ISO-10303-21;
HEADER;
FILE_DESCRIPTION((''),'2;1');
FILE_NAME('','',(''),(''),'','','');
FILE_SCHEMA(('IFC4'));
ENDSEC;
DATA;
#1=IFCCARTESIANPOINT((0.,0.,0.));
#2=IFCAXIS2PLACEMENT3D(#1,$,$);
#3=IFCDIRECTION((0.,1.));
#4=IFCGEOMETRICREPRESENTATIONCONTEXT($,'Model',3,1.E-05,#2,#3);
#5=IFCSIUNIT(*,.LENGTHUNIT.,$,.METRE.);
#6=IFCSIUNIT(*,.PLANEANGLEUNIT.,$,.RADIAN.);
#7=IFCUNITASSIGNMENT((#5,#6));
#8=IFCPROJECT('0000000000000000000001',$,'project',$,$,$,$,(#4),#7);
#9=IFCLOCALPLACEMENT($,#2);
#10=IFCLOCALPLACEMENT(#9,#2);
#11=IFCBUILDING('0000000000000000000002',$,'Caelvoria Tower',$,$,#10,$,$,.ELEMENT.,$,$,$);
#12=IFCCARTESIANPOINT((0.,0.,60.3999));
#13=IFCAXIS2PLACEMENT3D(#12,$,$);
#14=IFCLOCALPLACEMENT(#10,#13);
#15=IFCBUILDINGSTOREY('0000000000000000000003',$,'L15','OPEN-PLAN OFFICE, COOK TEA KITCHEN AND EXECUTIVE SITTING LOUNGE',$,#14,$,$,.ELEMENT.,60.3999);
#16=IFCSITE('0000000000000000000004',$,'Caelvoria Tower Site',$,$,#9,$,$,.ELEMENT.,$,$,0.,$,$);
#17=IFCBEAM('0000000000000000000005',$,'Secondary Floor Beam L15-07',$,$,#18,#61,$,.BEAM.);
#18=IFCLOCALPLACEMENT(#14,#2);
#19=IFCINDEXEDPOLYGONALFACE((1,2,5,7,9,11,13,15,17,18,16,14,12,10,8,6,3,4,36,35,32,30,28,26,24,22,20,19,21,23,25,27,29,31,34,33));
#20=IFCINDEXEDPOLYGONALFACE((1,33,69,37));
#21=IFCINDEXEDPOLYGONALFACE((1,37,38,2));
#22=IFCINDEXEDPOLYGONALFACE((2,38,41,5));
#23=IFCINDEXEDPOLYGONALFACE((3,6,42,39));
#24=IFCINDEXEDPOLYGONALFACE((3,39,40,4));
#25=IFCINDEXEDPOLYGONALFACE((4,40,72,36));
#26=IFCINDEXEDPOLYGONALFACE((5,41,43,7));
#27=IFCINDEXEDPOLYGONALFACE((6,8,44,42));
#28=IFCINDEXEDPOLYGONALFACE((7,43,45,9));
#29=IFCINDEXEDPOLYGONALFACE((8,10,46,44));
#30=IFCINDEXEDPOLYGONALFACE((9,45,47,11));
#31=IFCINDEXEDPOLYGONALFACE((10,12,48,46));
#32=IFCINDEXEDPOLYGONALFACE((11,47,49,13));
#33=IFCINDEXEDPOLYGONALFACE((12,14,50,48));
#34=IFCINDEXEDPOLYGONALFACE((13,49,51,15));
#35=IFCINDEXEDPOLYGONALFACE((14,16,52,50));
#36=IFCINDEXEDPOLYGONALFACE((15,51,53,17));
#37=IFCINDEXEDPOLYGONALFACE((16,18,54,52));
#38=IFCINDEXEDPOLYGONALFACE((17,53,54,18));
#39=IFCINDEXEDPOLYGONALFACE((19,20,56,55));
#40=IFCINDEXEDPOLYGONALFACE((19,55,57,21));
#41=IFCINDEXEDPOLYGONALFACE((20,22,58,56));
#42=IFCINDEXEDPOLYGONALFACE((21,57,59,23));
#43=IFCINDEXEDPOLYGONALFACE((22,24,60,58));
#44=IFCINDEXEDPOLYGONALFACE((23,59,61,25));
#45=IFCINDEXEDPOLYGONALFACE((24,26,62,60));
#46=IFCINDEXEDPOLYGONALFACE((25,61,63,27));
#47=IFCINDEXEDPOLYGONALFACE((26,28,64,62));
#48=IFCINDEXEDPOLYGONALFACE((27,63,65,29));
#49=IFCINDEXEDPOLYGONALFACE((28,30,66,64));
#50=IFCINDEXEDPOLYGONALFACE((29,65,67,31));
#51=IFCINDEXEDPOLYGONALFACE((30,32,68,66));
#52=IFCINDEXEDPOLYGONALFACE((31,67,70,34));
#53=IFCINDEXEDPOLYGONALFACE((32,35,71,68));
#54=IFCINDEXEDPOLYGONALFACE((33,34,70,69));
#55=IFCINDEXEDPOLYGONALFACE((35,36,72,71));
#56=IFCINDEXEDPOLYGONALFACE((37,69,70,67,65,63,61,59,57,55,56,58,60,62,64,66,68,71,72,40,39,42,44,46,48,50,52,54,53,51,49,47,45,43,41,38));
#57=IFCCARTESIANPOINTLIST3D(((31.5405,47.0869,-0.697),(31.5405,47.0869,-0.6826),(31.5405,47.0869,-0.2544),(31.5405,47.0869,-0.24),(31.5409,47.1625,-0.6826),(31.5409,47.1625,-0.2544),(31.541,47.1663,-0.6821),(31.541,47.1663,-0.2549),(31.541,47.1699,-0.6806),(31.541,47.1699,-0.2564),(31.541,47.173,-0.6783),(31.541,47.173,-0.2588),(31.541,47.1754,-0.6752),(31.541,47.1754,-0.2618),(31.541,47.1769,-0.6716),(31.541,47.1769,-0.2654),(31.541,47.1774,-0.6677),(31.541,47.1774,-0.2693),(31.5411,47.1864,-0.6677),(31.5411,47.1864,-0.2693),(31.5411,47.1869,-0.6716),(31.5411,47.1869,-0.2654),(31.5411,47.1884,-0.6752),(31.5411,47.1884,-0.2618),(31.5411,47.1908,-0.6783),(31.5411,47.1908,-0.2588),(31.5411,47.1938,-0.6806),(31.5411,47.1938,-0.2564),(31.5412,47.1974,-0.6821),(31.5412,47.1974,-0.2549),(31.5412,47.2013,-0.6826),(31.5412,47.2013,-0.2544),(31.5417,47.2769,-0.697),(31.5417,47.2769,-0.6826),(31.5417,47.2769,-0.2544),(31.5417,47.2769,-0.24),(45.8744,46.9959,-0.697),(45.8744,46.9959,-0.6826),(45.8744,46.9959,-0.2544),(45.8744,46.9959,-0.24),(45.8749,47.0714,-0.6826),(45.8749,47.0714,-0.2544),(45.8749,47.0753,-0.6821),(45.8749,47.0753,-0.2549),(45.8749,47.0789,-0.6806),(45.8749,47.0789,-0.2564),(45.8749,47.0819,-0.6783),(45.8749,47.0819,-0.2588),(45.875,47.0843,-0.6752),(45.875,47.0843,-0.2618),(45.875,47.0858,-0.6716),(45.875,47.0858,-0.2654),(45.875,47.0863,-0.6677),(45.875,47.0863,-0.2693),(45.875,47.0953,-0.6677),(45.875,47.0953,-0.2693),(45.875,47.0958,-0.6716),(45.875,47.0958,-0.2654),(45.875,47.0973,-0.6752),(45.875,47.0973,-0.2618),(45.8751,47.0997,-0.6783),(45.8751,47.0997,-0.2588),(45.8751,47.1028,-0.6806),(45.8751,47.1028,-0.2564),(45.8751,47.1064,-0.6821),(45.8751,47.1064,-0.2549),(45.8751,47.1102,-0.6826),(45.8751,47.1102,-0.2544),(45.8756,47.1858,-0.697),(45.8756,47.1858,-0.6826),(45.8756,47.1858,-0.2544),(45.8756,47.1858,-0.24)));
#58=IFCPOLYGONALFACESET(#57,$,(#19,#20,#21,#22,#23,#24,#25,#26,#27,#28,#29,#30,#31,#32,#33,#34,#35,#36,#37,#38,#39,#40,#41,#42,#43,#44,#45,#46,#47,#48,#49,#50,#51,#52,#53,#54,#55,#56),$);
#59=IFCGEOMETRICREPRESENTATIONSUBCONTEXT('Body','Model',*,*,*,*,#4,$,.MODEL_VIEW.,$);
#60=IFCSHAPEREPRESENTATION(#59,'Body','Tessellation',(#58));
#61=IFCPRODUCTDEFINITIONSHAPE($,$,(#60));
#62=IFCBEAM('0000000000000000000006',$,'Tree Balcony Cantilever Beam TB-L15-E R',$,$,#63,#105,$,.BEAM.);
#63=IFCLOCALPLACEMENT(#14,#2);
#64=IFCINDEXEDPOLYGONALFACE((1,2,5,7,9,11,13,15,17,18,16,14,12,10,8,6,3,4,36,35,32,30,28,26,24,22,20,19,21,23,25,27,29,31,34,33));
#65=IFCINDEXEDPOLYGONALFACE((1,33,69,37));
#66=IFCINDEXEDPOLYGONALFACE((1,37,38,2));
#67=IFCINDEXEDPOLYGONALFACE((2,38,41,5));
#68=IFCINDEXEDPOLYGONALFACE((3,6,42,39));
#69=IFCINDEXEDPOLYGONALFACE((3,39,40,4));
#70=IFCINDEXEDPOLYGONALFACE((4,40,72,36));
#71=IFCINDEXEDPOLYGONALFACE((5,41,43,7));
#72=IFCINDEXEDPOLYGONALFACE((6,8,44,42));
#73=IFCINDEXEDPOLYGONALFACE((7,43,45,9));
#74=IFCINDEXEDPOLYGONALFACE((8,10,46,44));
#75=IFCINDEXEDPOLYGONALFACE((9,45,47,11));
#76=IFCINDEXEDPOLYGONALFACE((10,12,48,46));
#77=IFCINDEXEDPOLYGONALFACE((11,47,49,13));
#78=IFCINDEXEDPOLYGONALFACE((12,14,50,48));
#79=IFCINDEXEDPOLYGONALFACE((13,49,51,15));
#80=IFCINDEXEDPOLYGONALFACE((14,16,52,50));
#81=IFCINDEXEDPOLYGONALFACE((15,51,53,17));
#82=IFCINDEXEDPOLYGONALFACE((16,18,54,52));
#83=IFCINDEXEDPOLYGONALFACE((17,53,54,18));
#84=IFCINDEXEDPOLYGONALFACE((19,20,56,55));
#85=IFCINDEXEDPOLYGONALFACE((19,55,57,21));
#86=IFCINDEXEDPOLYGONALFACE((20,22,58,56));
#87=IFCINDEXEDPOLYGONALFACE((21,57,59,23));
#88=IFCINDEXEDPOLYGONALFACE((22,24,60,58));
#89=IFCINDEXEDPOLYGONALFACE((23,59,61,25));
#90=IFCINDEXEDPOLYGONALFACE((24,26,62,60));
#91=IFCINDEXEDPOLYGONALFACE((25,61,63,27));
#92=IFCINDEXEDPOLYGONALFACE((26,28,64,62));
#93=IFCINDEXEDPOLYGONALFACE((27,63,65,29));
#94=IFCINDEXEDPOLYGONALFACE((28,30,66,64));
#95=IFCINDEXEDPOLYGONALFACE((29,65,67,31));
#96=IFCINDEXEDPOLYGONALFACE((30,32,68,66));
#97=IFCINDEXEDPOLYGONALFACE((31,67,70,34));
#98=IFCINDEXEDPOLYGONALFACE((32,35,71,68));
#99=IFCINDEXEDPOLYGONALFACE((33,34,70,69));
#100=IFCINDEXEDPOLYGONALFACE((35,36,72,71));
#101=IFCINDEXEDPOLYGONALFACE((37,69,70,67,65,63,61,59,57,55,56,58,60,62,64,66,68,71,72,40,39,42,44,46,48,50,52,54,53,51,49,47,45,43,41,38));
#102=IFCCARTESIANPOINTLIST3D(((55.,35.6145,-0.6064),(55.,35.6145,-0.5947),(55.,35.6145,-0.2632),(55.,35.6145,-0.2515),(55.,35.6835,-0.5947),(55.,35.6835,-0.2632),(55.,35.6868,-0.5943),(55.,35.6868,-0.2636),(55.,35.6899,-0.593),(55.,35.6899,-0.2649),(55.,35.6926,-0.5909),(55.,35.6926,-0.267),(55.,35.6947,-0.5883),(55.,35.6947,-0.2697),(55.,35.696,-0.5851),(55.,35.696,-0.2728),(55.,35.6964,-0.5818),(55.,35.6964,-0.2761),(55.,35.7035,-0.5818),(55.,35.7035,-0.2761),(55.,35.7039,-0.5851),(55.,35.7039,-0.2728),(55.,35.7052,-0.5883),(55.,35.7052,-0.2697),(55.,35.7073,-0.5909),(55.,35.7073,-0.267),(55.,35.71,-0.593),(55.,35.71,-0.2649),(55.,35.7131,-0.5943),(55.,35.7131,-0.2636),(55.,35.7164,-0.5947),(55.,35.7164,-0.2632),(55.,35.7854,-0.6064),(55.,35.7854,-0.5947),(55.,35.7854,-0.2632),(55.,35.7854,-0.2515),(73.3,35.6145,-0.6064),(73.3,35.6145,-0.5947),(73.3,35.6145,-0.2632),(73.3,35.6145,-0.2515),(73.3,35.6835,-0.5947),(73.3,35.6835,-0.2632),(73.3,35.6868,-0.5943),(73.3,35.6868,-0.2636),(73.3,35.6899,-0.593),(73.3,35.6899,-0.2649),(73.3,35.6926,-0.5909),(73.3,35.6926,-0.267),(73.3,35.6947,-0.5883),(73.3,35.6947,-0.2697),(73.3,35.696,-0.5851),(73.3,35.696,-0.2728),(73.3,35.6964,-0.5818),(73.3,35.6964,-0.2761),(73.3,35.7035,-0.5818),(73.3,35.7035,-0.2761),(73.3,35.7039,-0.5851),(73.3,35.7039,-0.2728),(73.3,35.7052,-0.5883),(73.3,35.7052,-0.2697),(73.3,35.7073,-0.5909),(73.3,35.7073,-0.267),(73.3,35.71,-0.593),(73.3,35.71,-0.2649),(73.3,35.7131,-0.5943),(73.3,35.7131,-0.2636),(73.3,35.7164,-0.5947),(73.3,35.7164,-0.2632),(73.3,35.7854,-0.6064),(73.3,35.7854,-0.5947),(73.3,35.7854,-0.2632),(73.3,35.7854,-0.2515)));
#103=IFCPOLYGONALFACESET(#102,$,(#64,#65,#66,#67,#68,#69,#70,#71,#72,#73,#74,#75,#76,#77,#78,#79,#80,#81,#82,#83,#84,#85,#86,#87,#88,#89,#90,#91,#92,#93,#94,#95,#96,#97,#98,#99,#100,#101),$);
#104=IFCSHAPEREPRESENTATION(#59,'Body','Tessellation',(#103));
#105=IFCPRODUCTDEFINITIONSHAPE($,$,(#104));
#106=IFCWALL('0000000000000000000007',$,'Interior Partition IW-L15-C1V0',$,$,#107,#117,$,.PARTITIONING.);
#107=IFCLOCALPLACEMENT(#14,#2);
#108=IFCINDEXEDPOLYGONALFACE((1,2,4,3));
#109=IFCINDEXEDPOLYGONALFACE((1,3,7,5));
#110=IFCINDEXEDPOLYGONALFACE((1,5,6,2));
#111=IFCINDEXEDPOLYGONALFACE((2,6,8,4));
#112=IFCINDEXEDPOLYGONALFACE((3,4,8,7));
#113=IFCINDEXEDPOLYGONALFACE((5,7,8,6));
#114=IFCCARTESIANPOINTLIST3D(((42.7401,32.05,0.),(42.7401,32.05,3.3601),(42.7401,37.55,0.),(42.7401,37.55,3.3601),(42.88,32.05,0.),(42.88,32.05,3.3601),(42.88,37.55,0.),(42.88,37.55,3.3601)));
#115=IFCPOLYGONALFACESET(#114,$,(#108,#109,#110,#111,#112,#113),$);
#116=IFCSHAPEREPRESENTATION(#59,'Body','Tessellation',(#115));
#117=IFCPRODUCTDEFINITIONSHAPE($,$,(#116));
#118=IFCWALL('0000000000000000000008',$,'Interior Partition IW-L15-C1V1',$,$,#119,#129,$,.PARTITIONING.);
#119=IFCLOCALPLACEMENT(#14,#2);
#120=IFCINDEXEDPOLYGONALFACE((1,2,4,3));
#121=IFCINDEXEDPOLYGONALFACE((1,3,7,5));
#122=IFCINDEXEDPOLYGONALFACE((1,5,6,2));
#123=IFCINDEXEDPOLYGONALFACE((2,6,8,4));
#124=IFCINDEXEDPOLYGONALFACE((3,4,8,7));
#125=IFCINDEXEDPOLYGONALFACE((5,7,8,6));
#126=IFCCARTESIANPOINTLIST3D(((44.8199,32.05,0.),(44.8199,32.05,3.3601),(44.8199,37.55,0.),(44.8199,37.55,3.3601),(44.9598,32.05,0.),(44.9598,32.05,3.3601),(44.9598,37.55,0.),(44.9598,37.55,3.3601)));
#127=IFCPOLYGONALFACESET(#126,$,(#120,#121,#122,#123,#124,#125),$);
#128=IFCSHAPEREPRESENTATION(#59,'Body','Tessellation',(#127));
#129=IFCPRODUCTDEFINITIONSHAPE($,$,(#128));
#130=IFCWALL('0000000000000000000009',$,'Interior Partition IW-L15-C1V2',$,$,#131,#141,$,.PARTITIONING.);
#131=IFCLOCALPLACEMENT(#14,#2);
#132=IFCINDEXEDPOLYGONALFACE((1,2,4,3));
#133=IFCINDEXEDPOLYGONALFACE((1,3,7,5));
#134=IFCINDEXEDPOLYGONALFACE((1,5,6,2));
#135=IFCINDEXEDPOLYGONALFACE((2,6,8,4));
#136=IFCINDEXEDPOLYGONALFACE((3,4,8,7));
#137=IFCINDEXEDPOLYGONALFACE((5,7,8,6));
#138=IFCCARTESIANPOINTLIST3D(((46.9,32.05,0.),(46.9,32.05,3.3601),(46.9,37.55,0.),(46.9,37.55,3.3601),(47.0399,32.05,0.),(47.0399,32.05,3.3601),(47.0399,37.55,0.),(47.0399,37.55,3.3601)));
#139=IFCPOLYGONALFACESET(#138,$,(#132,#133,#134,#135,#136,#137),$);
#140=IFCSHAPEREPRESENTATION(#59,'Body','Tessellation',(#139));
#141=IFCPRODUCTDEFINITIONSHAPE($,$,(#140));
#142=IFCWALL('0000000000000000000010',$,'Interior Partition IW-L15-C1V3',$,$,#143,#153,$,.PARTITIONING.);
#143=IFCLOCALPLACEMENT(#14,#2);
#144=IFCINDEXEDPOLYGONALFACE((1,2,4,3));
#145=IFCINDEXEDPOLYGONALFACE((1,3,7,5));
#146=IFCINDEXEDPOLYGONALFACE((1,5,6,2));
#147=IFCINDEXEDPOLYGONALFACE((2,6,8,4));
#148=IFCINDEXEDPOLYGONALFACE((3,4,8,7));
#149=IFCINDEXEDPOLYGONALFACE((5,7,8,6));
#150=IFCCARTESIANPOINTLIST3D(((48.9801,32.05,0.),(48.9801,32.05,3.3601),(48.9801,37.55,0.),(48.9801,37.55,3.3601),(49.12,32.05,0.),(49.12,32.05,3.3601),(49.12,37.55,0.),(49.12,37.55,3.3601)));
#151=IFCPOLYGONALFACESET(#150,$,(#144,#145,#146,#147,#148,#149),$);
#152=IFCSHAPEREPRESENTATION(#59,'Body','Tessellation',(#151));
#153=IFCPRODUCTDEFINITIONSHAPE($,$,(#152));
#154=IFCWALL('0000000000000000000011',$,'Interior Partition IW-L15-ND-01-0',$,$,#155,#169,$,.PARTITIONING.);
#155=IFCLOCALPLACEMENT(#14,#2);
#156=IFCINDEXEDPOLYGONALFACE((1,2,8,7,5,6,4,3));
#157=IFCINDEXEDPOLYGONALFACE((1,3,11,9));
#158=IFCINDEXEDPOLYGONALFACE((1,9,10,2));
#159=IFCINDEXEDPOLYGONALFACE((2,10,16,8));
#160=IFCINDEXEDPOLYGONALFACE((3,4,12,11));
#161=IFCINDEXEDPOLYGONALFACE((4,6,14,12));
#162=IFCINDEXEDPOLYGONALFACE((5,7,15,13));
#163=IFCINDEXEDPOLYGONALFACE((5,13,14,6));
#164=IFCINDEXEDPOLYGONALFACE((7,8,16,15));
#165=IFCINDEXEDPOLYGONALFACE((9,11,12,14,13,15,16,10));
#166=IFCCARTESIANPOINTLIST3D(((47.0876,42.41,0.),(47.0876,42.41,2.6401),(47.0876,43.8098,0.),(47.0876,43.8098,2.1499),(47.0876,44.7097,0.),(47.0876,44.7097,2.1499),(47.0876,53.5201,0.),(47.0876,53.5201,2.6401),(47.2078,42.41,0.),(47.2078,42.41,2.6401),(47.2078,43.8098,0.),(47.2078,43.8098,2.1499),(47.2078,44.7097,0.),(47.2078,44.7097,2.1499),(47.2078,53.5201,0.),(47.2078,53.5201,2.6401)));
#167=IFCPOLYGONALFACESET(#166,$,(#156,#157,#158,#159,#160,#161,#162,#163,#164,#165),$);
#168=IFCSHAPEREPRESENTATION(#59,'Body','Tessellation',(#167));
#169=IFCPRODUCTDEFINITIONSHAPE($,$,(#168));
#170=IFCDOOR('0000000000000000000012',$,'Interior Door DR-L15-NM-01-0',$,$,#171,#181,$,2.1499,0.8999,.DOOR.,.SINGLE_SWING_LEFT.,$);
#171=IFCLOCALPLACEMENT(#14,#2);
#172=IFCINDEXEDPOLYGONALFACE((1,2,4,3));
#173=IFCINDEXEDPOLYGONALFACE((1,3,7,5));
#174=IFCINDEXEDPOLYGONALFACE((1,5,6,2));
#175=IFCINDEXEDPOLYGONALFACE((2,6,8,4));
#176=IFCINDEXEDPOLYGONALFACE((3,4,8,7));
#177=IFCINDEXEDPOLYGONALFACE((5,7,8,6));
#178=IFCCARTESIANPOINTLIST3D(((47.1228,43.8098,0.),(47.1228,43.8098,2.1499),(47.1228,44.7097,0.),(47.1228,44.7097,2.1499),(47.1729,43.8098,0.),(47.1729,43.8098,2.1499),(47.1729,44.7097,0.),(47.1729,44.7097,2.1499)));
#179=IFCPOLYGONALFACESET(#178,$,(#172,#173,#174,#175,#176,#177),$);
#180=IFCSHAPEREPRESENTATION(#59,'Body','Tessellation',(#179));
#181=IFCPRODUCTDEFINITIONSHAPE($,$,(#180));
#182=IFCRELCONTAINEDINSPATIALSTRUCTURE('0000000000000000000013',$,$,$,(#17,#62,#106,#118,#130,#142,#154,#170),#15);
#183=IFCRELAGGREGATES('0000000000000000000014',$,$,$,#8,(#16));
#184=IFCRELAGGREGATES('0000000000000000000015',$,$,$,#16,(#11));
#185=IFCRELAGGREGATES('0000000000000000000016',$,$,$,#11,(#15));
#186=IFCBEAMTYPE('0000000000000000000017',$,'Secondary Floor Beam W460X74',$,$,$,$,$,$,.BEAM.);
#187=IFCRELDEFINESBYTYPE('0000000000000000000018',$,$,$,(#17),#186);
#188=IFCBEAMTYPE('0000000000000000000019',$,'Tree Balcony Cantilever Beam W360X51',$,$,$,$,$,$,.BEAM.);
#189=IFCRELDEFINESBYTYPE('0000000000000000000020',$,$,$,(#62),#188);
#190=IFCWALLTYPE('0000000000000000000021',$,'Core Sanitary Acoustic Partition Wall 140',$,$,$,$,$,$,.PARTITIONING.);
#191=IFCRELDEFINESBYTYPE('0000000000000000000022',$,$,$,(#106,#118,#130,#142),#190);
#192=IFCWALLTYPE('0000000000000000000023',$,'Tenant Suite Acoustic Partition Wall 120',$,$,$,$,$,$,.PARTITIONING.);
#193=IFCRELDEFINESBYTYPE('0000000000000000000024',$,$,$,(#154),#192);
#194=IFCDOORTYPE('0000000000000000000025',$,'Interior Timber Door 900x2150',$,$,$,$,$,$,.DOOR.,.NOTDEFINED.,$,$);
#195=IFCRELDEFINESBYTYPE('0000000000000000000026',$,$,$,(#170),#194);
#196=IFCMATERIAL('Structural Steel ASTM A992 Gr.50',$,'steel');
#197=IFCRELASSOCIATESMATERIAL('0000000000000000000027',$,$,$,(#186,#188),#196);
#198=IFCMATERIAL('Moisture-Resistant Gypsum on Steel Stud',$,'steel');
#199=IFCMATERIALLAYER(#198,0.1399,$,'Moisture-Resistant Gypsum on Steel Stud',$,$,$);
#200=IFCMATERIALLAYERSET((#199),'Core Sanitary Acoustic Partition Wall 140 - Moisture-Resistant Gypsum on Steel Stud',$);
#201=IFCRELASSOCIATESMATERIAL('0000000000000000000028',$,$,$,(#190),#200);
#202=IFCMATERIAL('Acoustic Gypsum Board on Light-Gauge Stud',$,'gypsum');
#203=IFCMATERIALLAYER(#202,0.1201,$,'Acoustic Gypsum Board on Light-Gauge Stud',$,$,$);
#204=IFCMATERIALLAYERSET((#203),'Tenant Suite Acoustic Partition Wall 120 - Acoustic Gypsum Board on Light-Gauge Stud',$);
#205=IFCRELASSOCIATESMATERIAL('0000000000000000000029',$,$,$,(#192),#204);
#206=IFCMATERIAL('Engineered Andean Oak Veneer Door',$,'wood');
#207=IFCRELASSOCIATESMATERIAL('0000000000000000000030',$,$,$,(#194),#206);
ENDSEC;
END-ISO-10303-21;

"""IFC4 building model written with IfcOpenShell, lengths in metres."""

from ifc_helpers import new_model, si_unit, direction, frame, frame_2d, origin, origin_2d, place, context, subcontext, project, spatial, rectangle, i_section, extrude, material, layer, layer_set, material_profile, profile_set, type_object, element, fill, save


model = new_model("IFC4")

# Units and contexts
model_context = context("Model", 3, precision=1e-05, world=origin(), true_north=direction((0.0, 1.0)))
body_context = subcontext(model_context, "Body", "Model", "MODEL_VIEW")
ifc_project = project(units=[si_unit("LENGTHUNIT", "METRE"), si_unit("PLANEANGLEUNIT", "RADIAN")], contexts=[model_context])

# Site, building, storey
site_placement = place(None, origin())
site = spatial("IfcSite", under=ifc_project, at=site_placement, Name="Caelvoria Tower Site", CompositionType="ELEMENT", RefElevation=0.0)
building_placement = place(site_placement, origin())
building = spatial("IfcBuilding", under=site, at=building_placement, Name="Caelvoria Tower", CompositionType="ELEMENT")
storey_placement = place(building_placement, frame((0.0, 0.0, 60.3999)))
storey = spatial("IfcBuildingStorey", under=building, at=storey_placement, Name="L15", Description="OPEN-PLAN OFFICE, COOK TEA KITCHEN AND EXECUTIVE SITTING LOUNGE", CompositionType="ELEMENT", Elevation=60.3999)

# Beams
ifc_material_1 = material(Name="Structural Steel ASTM A992 Gr.50", Category="steel")
ifc_material_profile_1 = material_profile(ifc_material_1, i_section(OverallWidth=0.1899, OverallDepth=0.457, WebThickness=0.009, FlangeThickness=0.0144, FilletRadius=0.0149, at=origin_2d()), Name="Structural Steel ASTM A992 Gr.50")
ifc_profile_set_1 = profile_set([ifc_material_profile_1], Name="W460X74 - Structural Steel ASTM A992 Gr.50")
beam_type_1 = type_object("IfcBeamType", Name="Secondary Floor Beam W460X74", PredefinedType="BEAM", material=ifc_profile_set_1)
for number, where, z_axis, x_axis, name in (
    (1, (45.875, 47.0908, -0.4685), (-0.99998, 0.006353, 0.0), (-0.006353, -0.99998, 0.0), "Secondary Floor Beam L15-07"),
):
    element("IfcBeam", number, at=place(storey_placement, frame(where, z_axis=z_axis, x_axis=x_axis)), inside=storey, type_object=beam_type_1, Name=name, PredefinedType="BEAM", context=body_context, shape_type="SweptSolid", body=[
        extrude(i_section(OverallWidth=0.1899, OverallDepth=0.457, WebThickness=0.009, FlangeThickness=0.0144, FilletRadius=0.0149, at=origin_2d()), origin(), (0.0, 0.0, 1.0), 14.3342),
    ])
ifc_material_profile_2 = material_profile(ifc_material_1, i_section(OverallWidth=0.1709, OverallDepth=0.355, WebThickness=0.0071, FlangeThickness=0.0117, FilletRadius=0.0129, at=origin_2d()), Name="Structural Steel ASTM A992 Gr.50")
ifc_profile_set_2 = profile_set([ifc_material_profile_2], Name="W360X51 - Structural Steel ASTM A992 Gr.50")
beam_type_2 = type_object("IfcBeamType", Name="Tree Balcony Cantilever Beam W360X51", PredefinedType="BEAM", material=ifc_profile_set_2)
beam_1_placement = place(storey_placement, frame((55.0, 35.7, -0.429), z_axis=(1.0, 0.0, 0.0), x_axis=(0.0, 1.0, 0.0)))
element("IfcBeam", 2, at=beam_1_placement, inside=storey, type_object=beam_type_2, Name="Tree Balcony Cantilever Beam TB-L15-E R", PredefinedType="BEAM", context=body_context, shape_type="SweptSolid", body=[
    extrude(i_section(OverallWidth=0.1709, OverallDepth=0.355, WebThickness=0.0071, FlangeThickness=0.0117, FilletRadius=0.0129, at=origin_2d()), origin(), (0.0, 0.0, 1.0), 18.3),
])

# Walls
ifc_material_2 = material(Name="Moisture-Resistant Gypsum on Steel Stud", Category="steel")
ifc_layer_1 = layer(ifc_material_2, 0.1399, Name="Moisture-Resistant Gypsum on Steel Stud")
ifc_layer_set_1 = layer_set([ifc_layer_1], Name="Core Sanitary Acoustic Partition Wall 140 - Moisture-Resistant Gypsum on Steel Stud")
wall_type_1 = type_object("IfcWallType", Name="Core Sanitary Acoustic Partition Wall 140", PredefinedType="PARTITIONING", material=ifc_layer_set_1)
for number, where, z_axis, x_axis, name in (
    (3, (42.8101, 32.05, 0.0), (0.0, 0.0, 1.0), (0.0, 1.0, 0.0), "Interior Partition IW-L15-C1V0"),
    (4, (44.8899, 32.05, 0.0), (0.0, 0.0, 1.0), (0.0, 1.0, 0.0), "Interior Partition IW-L15-C1V1"),
    (5, (46.97, 32.05, 0.0), (0.0, 0.0, 1.0), (0.0, 1.0, 0.0), "Interior Partition IW-L15-C1V2"),
    (6, (49.05, 32.05, 0.0), (0.0, 0.0, 1.0), (0.0, 1.0, 0.0), "Interior Partition IW-L15-C1V3"),
):
    element("IfcWall", number, at=place(storey_placement, frame(where, z_axis=z_axis, x_axis=x_axis)), inside=storey, type_object=wall_type_1, Name=name, PredefinedType="PARTITIONING", context=body_context, shape_type="SweptSolid", body=[
        extrude(rectangle(XDim=5.5, YDim=0.1399, at=frame_2d((2.75, 0.0))), origin(), (0.0, 0.0, 1.0), 3.3601),
    ])

# Wall, opening, door
ifc_material_3 = material(Name="Acoustic Gypsum Board on Light-Gauge Stud", Category="gypsum")
ifc_layer_2 = layer(ifc_material_3, 0.1201, Name="Acoustic Gypsum Board on Light-Gauge Stud")
ifc_layer_set_2 = layer_set([ifc_layer_2], Name="Tenant Suite Acoustic Partition Wall 120 - Acoustic Gypsum Board on Light-Gauge Stud")
wall_type_2 = type_object("IfcWallType", Name="Tenant Suite Acoustic Partition Wall 120", PredefinedType="PARTITIONING", material=ifc_layer_set_2)
wall_1_placement = place(storey_placement, frame((47.1477, 42.4099, 0.0), z_axis=(0.0, 0.0, 1.0), x_axis=(0.0, 1.0, 0.0)))
wall_1 = element("IfcWall", 7, at=wall_1_placement, inside=storey, type_object=wall_type_2, Name="Interior Partition IW-L15-ND-01-0", PredefinedType="PARTITIONING", context=body_context, shape_type="SweptSolid", body=[
    extrude(rectangle(XDim=11.1101, YDim=0.1201, at=frame_2d((5.5552, 0.0))), origin(), (0.0, 0.0, 1.0), 2.6401),
])
opening_1_placement = place(wall_1_placement, frame((1.3999, 0.0, 0.0)))
opening_1 = element("IfcOpeningElement", 8, at=opening_1_placement, cuts=wall_1, PredefinedType="OPENING", context=body_context, shape_type="SweptSolid", body=[
    extrude(rectangle(XDim=0.8999, YDim=2.1499, at=frame_2d((0.45, 1.075))), frame((0.0, 0.0701, 0.0), z_axis=(0.0, -1.0, 0.0), x_axis=(1.0, 0.0, 0.0)), (0.0, 0.0, 1.0), 0.1401),
])
ifc_material_4 = material(Name="Engineered Andean Oak Veneer Door", Category="wood")
door_type = type_object("IfcDoorType", Name="Interior Timber Door 900x2150", OperationType="NOTDEFINED", PredefinedType="DOOR", material=ifc_material_4)
door_1_placement = place(opening_1_placement, origin())
door_1 = element("IfcDoor", 9, at=door_1_placement, inside=storey, type_object=door_type, Name="Interior Door DR-L15-NM-01-0", OperationType="SINGLE_SWING_LEFT", OverallHeight=2.1499, OverallWidth=0.8999, PredefinedType="DOOR", context=body_context, shape_type="SweptSolid", body=[
    extrude(rectangle(XDim=0.8999, YDim=2.1499, at=frame_2d((0.45, 1.075))), frame((0.0, 0.0249, 0.0), z_axis=(0.0, -1.0, 0.0), x_axis=(1.0, 0.0, 0.0)), (0.0, 0.0, 1.0), 0.05),
])
fill(opening_1, door_1)

save(model, "model.ifc")
